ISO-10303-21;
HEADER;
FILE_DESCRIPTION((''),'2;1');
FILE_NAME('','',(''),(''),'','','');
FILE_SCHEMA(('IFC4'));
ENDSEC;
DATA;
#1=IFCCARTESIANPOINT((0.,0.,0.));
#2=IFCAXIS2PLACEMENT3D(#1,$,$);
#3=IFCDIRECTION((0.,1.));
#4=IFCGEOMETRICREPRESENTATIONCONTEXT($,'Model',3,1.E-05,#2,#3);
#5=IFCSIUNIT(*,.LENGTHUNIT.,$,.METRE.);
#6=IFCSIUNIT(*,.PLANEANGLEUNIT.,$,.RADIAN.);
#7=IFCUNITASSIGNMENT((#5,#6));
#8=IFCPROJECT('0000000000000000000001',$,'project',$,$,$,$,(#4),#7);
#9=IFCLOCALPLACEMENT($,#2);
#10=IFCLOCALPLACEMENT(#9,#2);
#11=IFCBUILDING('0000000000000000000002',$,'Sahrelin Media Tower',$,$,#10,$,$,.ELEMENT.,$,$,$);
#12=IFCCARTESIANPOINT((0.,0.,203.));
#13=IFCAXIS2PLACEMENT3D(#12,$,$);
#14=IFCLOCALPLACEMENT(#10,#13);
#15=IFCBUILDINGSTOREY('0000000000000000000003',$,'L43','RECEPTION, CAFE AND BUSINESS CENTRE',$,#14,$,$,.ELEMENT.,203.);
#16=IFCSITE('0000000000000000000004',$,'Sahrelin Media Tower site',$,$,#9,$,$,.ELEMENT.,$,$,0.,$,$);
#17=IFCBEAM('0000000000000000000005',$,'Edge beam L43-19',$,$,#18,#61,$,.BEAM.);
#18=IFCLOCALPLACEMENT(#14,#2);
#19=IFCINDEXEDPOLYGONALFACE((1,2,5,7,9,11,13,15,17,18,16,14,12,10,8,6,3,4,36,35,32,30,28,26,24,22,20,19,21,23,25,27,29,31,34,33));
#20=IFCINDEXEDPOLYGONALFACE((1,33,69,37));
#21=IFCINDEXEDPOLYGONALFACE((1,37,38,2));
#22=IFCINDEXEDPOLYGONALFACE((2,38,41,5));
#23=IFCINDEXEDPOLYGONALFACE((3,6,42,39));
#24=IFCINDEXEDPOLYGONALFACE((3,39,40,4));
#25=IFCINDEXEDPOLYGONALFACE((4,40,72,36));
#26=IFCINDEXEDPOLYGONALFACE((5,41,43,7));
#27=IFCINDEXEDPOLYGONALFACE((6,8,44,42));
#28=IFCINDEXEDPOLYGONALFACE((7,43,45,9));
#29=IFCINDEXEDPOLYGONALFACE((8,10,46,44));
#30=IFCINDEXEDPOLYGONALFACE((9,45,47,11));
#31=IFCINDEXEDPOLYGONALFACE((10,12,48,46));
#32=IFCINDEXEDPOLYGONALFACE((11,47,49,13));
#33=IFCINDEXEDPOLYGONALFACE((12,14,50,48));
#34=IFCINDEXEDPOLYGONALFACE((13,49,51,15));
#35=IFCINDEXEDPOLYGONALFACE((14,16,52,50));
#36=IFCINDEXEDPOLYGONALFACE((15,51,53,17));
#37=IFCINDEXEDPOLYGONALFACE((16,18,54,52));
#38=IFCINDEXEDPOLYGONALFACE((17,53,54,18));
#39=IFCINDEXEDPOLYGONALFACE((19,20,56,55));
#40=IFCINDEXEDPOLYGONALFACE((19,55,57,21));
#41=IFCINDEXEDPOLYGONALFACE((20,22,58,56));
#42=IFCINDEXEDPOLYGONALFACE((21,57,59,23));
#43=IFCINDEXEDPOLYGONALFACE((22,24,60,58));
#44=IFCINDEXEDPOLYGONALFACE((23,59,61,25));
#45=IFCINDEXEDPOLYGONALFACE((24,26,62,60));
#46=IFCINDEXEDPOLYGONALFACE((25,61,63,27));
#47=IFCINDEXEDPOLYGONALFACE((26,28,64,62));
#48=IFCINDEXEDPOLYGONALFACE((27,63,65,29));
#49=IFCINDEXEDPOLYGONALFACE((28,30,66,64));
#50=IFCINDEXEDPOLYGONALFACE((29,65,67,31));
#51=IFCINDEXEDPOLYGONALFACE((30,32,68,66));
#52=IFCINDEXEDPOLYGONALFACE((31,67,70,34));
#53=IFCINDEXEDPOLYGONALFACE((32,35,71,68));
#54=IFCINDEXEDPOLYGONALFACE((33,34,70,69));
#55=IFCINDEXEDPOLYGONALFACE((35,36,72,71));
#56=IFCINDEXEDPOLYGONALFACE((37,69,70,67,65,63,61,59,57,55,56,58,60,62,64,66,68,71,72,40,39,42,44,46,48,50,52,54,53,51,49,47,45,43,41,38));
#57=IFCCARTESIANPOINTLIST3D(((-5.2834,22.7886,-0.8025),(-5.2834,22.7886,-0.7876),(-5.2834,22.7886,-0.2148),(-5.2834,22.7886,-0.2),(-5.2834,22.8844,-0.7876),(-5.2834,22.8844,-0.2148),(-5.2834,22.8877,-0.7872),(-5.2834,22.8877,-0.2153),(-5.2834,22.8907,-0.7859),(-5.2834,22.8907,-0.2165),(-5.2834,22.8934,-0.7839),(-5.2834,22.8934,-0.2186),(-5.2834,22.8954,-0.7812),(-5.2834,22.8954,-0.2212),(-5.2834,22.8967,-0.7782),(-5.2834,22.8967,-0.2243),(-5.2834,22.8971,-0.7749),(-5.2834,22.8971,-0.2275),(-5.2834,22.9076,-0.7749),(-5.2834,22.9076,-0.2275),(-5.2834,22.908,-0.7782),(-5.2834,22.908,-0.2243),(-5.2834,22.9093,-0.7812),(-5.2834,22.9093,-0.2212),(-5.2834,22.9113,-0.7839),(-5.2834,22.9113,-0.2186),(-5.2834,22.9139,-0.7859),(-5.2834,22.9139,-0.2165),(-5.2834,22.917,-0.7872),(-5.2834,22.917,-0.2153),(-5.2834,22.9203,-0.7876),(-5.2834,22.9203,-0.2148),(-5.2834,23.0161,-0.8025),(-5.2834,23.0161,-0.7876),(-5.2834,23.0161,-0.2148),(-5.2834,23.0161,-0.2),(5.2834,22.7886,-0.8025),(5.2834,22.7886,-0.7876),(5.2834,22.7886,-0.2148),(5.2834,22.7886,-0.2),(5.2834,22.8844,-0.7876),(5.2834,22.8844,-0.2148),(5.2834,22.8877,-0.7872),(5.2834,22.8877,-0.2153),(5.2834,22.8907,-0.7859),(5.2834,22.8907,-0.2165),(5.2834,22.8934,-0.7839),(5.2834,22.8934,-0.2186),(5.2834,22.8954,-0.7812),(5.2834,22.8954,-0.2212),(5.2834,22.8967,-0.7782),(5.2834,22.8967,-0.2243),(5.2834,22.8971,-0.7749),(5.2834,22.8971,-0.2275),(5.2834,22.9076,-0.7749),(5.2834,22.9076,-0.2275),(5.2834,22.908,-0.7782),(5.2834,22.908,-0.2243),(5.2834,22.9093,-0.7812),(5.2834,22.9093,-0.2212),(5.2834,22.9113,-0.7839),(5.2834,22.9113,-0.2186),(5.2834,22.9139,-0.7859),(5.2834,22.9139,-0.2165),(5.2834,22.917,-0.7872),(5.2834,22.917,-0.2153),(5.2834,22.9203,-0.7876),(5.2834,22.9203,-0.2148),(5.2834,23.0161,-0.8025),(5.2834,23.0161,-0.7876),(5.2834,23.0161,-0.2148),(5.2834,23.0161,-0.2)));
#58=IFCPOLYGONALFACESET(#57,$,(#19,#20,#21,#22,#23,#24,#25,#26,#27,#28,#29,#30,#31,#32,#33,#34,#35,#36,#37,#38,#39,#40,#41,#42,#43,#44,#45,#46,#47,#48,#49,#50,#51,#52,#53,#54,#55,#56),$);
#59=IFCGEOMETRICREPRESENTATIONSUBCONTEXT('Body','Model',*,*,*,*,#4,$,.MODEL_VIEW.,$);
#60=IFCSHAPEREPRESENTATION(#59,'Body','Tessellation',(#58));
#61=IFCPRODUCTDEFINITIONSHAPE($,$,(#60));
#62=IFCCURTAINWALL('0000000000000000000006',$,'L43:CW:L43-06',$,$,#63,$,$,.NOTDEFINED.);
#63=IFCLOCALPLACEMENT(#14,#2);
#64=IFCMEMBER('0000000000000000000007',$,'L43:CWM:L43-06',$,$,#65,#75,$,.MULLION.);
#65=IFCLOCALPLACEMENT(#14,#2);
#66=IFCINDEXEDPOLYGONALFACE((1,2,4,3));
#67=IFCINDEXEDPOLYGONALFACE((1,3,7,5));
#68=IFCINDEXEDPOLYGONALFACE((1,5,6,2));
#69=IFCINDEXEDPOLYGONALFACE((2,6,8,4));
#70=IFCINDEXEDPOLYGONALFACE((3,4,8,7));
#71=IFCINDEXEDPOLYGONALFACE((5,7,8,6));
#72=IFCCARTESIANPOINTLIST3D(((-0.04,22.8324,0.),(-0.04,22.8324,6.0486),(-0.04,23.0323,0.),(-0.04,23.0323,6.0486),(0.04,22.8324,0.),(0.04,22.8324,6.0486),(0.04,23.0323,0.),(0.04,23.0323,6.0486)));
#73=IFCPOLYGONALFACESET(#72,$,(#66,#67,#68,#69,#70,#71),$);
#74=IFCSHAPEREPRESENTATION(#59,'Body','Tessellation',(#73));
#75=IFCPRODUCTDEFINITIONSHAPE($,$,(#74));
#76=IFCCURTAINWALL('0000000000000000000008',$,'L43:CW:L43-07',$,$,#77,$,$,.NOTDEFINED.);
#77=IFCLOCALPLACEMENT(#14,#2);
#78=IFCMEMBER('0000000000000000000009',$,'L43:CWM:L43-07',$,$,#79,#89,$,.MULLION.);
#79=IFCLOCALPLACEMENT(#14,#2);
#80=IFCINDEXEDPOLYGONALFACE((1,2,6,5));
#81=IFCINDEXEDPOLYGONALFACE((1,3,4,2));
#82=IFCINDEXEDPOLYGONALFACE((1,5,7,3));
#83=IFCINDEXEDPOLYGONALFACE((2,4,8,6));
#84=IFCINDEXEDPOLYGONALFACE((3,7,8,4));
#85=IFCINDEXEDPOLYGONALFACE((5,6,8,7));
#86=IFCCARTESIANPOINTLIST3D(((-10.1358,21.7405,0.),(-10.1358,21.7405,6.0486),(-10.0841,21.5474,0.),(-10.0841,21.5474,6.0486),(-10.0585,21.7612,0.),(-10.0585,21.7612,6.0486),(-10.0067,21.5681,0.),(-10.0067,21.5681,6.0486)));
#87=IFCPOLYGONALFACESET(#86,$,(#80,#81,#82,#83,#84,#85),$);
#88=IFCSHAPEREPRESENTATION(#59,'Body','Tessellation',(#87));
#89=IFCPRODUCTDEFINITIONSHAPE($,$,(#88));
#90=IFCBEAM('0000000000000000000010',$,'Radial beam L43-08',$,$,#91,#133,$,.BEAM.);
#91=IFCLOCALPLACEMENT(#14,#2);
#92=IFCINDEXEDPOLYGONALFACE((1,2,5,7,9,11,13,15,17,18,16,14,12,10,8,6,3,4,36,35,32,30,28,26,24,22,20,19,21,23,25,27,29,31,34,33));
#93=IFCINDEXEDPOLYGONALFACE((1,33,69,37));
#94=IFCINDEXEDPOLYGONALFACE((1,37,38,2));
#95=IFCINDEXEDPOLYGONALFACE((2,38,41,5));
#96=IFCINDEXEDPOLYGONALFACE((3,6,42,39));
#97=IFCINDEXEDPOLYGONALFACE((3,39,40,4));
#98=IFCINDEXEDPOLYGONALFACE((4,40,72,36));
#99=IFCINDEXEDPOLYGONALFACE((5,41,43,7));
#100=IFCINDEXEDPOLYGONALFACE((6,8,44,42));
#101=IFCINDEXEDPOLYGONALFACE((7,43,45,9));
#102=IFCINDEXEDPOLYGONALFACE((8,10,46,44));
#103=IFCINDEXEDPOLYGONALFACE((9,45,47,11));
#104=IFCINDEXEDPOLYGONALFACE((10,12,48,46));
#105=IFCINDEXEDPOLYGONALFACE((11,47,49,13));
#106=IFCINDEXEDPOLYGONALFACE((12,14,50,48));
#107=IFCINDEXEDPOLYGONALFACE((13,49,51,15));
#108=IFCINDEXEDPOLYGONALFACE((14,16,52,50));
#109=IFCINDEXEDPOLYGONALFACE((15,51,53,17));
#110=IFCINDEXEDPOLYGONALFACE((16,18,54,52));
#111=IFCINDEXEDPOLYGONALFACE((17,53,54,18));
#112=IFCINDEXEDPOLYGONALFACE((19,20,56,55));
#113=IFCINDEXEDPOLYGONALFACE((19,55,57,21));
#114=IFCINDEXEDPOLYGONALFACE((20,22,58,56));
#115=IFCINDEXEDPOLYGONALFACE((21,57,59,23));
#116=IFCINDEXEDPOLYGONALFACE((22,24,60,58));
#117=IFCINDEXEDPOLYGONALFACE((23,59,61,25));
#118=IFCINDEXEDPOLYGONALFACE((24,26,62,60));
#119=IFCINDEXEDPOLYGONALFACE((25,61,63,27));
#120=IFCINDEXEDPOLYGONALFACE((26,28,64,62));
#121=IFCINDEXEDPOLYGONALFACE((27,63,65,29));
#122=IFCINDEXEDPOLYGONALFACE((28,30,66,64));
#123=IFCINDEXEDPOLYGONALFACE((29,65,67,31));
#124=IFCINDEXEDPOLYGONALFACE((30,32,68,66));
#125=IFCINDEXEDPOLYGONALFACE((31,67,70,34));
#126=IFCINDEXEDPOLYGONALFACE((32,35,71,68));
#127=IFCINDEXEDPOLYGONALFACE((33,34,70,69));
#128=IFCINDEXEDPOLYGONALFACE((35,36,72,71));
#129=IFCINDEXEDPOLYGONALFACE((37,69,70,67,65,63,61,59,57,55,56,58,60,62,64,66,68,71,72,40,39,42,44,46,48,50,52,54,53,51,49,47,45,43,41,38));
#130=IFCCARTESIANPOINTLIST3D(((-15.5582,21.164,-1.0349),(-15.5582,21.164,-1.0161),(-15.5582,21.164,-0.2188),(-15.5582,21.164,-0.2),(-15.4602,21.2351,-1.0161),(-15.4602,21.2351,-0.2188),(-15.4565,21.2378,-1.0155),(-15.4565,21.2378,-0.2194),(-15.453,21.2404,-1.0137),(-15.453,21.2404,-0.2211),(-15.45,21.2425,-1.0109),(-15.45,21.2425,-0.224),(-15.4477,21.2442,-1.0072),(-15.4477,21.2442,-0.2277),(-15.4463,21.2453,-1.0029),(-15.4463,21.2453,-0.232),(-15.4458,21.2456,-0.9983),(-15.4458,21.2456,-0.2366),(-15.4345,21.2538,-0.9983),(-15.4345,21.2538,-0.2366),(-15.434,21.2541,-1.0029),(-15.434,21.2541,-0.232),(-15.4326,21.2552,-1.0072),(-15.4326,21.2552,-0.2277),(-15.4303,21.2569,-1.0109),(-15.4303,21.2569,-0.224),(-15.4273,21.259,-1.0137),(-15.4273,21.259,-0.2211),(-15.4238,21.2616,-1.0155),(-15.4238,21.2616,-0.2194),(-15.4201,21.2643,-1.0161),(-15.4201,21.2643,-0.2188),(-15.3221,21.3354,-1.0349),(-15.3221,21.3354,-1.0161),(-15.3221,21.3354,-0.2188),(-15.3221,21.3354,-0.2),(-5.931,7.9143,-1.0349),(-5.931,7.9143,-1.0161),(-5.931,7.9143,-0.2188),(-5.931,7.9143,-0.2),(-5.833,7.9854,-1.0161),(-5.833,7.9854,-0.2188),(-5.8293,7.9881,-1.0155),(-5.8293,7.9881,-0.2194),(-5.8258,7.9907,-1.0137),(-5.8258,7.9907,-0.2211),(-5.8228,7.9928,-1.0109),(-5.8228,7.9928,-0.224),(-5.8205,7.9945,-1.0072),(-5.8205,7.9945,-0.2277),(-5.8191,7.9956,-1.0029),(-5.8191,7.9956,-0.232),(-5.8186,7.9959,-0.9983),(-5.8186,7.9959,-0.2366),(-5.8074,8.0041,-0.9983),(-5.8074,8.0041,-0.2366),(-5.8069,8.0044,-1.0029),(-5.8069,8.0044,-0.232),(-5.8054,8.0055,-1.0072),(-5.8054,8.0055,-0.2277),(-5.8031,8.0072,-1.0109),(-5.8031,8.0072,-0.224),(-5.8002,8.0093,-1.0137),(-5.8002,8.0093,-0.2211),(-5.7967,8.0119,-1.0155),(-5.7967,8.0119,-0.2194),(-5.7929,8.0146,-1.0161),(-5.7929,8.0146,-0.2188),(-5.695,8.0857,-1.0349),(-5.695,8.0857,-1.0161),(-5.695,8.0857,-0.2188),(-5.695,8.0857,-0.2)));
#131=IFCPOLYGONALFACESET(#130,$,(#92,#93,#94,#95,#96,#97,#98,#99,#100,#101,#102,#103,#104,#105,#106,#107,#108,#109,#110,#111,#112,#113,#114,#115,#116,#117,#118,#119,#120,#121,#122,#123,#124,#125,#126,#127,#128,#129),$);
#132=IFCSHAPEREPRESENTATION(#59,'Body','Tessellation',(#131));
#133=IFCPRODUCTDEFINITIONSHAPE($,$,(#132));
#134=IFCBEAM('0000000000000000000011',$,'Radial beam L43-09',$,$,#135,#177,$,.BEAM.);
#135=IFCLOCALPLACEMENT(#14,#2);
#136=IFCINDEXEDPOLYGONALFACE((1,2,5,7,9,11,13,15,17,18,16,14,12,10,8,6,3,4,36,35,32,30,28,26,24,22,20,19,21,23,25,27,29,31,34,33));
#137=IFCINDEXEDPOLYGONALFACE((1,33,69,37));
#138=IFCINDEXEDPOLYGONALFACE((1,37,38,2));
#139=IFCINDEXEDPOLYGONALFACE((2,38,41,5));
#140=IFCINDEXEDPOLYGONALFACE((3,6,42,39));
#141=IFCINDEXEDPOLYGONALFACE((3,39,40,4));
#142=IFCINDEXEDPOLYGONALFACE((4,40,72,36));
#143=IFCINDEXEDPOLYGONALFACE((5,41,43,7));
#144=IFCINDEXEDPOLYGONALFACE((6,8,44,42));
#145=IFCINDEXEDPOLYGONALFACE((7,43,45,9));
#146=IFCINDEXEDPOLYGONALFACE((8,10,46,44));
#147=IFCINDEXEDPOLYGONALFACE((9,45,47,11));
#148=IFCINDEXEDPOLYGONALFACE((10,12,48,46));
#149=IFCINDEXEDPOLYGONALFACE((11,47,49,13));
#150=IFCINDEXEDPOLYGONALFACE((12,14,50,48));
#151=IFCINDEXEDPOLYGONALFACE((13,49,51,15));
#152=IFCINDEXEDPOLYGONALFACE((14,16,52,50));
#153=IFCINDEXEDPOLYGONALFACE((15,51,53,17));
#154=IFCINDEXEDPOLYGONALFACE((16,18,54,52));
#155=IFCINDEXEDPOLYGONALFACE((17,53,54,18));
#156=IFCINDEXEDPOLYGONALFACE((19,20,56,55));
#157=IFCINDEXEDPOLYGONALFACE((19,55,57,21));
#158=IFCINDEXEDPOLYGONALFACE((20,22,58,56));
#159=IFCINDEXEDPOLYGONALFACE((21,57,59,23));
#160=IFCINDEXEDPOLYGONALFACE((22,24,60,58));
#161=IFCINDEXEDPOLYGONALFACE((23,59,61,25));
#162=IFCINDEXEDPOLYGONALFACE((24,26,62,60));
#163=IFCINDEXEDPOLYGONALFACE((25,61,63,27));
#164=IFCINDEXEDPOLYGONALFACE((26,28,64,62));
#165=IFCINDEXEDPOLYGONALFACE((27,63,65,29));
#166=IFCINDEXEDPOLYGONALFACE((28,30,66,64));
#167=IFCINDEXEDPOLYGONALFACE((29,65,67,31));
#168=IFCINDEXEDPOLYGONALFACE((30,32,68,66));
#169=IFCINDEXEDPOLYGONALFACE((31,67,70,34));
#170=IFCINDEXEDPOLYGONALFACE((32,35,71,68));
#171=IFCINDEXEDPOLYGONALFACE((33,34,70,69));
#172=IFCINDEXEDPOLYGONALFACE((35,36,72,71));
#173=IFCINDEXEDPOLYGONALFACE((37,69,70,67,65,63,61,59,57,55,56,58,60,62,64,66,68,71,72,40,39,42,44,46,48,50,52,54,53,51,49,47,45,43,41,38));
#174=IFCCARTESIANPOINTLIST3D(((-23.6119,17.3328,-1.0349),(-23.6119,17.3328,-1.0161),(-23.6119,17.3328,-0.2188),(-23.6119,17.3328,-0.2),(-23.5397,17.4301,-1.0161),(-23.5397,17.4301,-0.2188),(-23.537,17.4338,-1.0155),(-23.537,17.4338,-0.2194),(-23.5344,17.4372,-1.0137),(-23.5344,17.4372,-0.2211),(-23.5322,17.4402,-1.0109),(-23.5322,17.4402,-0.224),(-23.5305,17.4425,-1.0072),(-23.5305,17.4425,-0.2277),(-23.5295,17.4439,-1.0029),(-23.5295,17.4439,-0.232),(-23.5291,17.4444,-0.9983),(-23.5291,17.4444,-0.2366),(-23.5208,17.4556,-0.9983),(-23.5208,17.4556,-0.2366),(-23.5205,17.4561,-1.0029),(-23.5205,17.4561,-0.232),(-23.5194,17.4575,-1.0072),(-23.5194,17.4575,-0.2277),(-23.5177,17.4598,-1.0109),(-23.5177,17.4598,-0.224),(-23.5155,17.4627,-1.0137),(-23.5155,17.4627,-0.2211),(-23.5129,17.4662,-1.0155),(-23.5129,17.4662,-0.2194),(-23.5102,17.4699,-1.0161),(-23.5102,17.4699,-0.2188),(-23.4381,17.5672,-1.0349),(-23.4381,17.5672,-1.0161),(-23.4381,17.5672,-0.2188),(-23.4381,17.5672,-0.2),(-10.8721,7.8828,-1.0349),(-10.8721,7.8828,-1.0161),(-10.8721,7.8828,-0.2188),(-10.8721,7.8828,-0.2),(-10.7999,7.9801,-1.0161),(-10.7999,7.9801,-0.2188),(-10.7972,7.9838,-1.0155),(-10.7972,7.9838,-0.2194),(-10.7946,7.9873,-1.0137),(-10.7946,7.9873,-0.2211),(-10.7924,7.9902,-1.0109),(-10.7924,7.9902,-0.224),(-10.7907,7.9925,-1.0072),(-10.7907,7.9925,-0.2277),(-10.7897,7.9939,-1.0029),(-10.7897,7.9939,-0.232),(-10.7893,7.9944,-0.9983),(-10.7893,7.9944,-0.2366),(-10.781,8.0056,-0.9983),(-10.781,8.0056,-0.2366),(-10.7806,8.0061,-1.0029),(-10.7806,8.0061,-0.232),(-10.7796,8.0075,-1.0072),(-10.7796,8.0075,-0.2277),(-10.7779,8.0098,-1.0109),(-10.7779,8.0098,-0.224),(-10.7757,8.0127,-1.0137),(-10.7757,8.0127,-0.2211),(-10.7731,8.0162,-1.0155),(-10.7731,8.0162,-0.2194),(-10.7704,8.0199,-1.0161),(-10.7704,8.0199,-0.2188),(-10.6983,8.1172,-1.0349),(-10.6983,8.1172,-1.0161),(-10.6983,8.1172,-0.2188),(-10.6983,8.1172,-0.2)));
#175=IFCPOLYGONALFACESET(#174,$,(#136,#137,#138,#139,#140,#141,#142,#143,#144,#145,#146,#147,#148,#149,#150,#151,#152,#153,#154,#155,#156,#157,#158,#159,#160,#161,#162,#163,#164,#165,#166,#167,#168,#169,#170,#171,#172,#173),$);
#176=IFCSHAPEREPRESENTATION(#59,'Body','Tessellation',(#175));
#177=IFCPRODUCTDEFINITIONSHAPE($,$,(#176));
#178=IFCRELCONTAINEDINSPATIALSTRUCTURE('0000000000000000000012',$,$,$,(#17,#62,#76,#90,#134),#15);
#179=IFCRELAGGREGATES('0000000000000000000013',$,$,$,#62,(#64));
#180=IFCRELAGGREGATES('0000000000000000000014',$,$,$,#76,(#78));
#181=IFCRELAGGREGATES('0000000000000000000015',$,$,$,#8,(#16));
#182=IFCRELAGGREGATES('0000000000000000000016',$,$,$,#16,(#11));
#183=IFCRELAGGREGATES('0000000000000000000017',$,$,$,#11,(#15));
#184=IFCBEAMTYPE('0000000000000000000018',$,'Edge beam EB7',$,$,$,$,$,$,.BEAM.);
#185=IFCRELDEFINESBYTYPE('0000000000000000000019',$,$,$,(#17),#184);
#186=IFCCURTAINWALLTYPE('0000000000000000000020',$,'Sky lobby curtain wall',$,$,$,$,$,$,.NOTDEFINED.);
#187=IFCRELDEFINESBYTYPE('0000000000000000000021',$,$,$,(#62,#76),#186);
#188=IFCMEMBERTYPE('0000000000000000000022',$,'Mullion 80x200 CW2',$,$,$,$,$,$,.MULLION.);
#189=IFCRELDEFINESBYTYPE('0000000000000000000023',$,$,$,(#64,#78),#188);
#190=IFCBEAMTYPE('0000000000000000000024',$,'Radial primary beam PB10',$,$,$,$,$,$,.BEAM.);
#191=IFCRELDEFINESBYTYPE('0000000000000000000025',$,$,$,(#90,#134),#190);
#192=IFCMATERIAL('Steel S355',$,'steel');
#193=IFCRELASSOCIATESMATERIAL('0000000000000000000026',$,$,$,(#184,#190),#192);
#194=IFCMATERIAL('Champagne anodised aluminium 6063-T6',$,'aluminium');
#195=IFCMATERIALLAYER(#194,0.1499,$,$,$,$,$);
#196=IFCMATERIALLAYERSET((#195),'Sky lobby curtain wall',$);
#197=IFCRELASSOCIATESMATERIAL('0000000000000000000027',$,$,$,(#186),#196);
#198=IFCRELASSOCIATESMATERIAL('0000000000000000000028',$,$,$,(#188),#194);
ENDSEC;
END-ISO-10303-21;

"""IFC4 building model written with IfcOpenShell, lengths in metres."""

from ifc_helpers import new_model, si_unit, direction, frame, origin, origin_2d, place, context, subcontext, project, spatial, rectangle, i_section, extrude, material, layer, layer_set, material_profile, profile_set, type_object, element, aggregate, save


model = new_model("IFC4")

# Units and contexts
model_context = context("Model", 3, precision=1e-05, world=origin(), true_north=direction((0.0, 1.0)))
body_context = subcontext(model_context, "Body", "Model", "MODEL_VIEW")
ifc_project = project(units=[si_unit("LENGTHUNIT", "METRE"), si_unit("PLANEANGLEUNIT", "RADIAN")], contexts=[model_context])

# Site, building, storey
site_placement = place(None, origin())
site = spatial("IfcSite", under=ifc_project, at=site_placement, Name="Sahrelin Media Tower site", CompositionType="ELEMENT", RefElevation=0.0)
building_placement = place(site_placement, origin())
building = spatial("IfcBuilding", under=site, at=building_placement, Name="Sahrelin Media Tower", CompositionType="ELEMENT")
storey_placement = place(building_placement, frame((0.0, 0.0, 203.0)))
storey = spatial("IfcBuildingStorey", under=building, at=storey_placement, Name="L43", Description="RECEPTION, CAFE AND BUSINESS CENTRE", CompositionType="ELEMENT", Elevation=203.0)

# Beam
ifc_material_1 = material(Name="Steel S355", Category="steel")
ifc_material_profile_1 = material_profile(ifc_material_1, i_section(OverallWidth=0.2275, OverallDepth=0.6025, WebThickness=0.0105, FlangeThickness=0.0149, FilletRadius=0.0127, at=origin_2d()), Name="UB 610x229x101")
ifc_profile_set_1 = profile_set([ifc_material_profile_1], Name="Steel S355")
beam_type_1 = type_object("IfcBeamType", Name="Edge beam EB7", PredefinedType="BEAM", material=ifc_profile_set_1)
beam_1_placement = place(storey_placement, frame((-5.2834, 22.9023, -0.5012), z_axis=(1.0, 0.0, 0.0), x_axis=(0.0, 1.0, 0.0)))
element("IfcBeam", 1, at=beam_1_placement, inside=storey, type_object=beam_type_1, Name="Edge beam L43-19", PredefinedType="BEAM", context=body_context, shape_type="SweptSolid", body=[
    extrude(i_section(OverallWidth=0.2275, OverallDepth=0.6025, WebThickness=0.0105, FlangeThickness=0.0149, FilletRadius=0.0127, at=origin_2d()), origin(), (0.0, 0.0, 1.0), 10.5669),
])

# Curtain walls, members
ifc_material_2 = material(Name="Champagne anodised aluminium 6063-T6", Category="aluminium")
ifc_layer_1 = layer(ifc_material_2, 0.1499)
ifc_layer_set_1 = layer_set([ifc_layer_1], Name="Sky lobby curtain wall")
curtain_wall_type = type_object("IfcCurtainWallType", Name="Sky lobby curtain wall", PredefinedType="NOTDEFINED", material=ifc_layer_set_1)
placement_1 = place(storey_placement, frame((0.0, 23.0525, 0.0), z_axis=(0.0, 0.0, 1.0), x_axis=(1.0, 0.0, 0.0)))
curtain_wall_1 = element("IfcCurtainWall", 2, at=placement_1, inside=storey, type_object=curtain_wall_type, Name="L43:CW:L43-06", PredefinedType="NOTDEFINED")
ifc_material_profile_2 = material_profile(ifc_material_2, rectangle(XDim=0.0801, YDim=0.2, at=origin_2d()), Name="Mullion 80x200")
ifc_profile_set_2 = profile_set([ifc_material_profile_2], Name="Champagne anodised aluminium 6063-T6")
member_type_1 = type_object("IfcMemberType", Name="Mullion 80x200 CW2", PredefinedType="MULLION", material=ifc_profile_set_2)
member_1_placement = place(storey_placement, frame((0.0, 22.9324, 0.0), z_axis=(0.0, 0.0, 1.0), x_axis=(-1.0, 0.0, 0.0)))
member_1 = element("IfcMember", 3, at=member_1_placement, type_object=member_type_1, Name="L43:CWM:L43-06", PredefinedType="MULLION", context=body_context, shape_type="SweptSolid", body=[
    extrude(rectangle(XDim=0.0801, YDim=0.2, at=origin_2d()), origin(), (0.0, 0.0, 1.0), 6.0486),
])
aggregate(curtain_wall_1, [member_1])
curtain_wall_2_placement = place(storey_placement, frame((-10.1023, 21.7705, 0.0), z_axis=(0.0, 0.0, 1.0), x_axis=(1.0, 0.0, 0.0)))
curtain_wall_2 = element("IfcCurtainWall", 4, at=curtain_wall_2_placement, inside=storey, type_object=curtain_wall_type, Name="L43:CW:L43-07", PredefinedType="NOTDEFINED")
member_2_placement = place(storey_placement, frame((-10.0713, 21.6543, 0.0), z_axis=(0.0, 0.0, 1.0), x_axis=(-0.965925, -0.258822, 0.0)))
member_2 = element("IfcMember", 5, at=member_2_placement, type_object=member_type_1, Name="L43:CWM:L43-07", PredefinedType="MULLION", context=body_context, shape_type="SweptSolid", body=[
    extrude(rectangle(XDim=0.0801, YDim=0.2, at=origin_2d()), origin(), (0.0, 0.0, 1.0), 6.0486),
])

# Beams
ifc_material_profile_3 = material_profile(ifc_material_1, i_section(OverallWidth=0.2917, OverallDepth=0.835, WebThickness=0.0139, FlangeThickness=0.0188, FilletRadius=0.0178, at=origin_2d()), Name="UB 838x292x176")
ifc_profile_set_3 = profile_set([ifc_material_profile_3], Name="Steel S355")
beam_type_2 = type_object("IfcBeamType", Name="Radial primary beam PB10", PredefinedType="BEAM", material=ifc_profile_set_3)
beam_2_placement = place(storey_placement, frame((-5.813, 8.0, -0.6174), z_axis=(-0.587813, 0.808997, 0.0), x_axis=(-0.808997, -0.587813, 0.0)))
element("IfcBeam", 6, at=beam_2_placement, inside=storey, type_object=beam_type_2, Name="Radial beam L43-08", PredefinedType="BEAM", context=body_context, shape_type="SweptSolid", body=[
    extrude(i_section(OverallWidth=0.2917, OverallDepth=0.835, WebThickness=0.0139, FlangeThickness=0.0188, FilletRadius=0.0178, at=origin_2d()), origin(), (0.0, 0.0, 1.0), 16.3779),
])
beam_3_placement = place(storey_placement, frame((-10.7852, 8.0, -0.6174), z_axis=(-0.803162, 0.595761, 0.0), x_axis=(-0.595761, -0.803162, 0.0)))
element("IfcBeam", 7, at=beam_3_placement, inside=storey, type_object=beam_type_2, Name="Radial beam L43-09", PredefinedType="BEAM", context=body_context, shape_type="SweptSolid", body=[
    extrude(i_section(OverallWidth=0.2917, OverallDepth=0.835, WebThickness=0.0139, FlangeThickness=0.0188, FilletRadius=0.0178, at=origin_2d()), origin(), (0.0, 0.0, 1.0), 15.8621),
])

aggregate(curtain_wall_2, [member_2])

save(model, "model.ifc")
